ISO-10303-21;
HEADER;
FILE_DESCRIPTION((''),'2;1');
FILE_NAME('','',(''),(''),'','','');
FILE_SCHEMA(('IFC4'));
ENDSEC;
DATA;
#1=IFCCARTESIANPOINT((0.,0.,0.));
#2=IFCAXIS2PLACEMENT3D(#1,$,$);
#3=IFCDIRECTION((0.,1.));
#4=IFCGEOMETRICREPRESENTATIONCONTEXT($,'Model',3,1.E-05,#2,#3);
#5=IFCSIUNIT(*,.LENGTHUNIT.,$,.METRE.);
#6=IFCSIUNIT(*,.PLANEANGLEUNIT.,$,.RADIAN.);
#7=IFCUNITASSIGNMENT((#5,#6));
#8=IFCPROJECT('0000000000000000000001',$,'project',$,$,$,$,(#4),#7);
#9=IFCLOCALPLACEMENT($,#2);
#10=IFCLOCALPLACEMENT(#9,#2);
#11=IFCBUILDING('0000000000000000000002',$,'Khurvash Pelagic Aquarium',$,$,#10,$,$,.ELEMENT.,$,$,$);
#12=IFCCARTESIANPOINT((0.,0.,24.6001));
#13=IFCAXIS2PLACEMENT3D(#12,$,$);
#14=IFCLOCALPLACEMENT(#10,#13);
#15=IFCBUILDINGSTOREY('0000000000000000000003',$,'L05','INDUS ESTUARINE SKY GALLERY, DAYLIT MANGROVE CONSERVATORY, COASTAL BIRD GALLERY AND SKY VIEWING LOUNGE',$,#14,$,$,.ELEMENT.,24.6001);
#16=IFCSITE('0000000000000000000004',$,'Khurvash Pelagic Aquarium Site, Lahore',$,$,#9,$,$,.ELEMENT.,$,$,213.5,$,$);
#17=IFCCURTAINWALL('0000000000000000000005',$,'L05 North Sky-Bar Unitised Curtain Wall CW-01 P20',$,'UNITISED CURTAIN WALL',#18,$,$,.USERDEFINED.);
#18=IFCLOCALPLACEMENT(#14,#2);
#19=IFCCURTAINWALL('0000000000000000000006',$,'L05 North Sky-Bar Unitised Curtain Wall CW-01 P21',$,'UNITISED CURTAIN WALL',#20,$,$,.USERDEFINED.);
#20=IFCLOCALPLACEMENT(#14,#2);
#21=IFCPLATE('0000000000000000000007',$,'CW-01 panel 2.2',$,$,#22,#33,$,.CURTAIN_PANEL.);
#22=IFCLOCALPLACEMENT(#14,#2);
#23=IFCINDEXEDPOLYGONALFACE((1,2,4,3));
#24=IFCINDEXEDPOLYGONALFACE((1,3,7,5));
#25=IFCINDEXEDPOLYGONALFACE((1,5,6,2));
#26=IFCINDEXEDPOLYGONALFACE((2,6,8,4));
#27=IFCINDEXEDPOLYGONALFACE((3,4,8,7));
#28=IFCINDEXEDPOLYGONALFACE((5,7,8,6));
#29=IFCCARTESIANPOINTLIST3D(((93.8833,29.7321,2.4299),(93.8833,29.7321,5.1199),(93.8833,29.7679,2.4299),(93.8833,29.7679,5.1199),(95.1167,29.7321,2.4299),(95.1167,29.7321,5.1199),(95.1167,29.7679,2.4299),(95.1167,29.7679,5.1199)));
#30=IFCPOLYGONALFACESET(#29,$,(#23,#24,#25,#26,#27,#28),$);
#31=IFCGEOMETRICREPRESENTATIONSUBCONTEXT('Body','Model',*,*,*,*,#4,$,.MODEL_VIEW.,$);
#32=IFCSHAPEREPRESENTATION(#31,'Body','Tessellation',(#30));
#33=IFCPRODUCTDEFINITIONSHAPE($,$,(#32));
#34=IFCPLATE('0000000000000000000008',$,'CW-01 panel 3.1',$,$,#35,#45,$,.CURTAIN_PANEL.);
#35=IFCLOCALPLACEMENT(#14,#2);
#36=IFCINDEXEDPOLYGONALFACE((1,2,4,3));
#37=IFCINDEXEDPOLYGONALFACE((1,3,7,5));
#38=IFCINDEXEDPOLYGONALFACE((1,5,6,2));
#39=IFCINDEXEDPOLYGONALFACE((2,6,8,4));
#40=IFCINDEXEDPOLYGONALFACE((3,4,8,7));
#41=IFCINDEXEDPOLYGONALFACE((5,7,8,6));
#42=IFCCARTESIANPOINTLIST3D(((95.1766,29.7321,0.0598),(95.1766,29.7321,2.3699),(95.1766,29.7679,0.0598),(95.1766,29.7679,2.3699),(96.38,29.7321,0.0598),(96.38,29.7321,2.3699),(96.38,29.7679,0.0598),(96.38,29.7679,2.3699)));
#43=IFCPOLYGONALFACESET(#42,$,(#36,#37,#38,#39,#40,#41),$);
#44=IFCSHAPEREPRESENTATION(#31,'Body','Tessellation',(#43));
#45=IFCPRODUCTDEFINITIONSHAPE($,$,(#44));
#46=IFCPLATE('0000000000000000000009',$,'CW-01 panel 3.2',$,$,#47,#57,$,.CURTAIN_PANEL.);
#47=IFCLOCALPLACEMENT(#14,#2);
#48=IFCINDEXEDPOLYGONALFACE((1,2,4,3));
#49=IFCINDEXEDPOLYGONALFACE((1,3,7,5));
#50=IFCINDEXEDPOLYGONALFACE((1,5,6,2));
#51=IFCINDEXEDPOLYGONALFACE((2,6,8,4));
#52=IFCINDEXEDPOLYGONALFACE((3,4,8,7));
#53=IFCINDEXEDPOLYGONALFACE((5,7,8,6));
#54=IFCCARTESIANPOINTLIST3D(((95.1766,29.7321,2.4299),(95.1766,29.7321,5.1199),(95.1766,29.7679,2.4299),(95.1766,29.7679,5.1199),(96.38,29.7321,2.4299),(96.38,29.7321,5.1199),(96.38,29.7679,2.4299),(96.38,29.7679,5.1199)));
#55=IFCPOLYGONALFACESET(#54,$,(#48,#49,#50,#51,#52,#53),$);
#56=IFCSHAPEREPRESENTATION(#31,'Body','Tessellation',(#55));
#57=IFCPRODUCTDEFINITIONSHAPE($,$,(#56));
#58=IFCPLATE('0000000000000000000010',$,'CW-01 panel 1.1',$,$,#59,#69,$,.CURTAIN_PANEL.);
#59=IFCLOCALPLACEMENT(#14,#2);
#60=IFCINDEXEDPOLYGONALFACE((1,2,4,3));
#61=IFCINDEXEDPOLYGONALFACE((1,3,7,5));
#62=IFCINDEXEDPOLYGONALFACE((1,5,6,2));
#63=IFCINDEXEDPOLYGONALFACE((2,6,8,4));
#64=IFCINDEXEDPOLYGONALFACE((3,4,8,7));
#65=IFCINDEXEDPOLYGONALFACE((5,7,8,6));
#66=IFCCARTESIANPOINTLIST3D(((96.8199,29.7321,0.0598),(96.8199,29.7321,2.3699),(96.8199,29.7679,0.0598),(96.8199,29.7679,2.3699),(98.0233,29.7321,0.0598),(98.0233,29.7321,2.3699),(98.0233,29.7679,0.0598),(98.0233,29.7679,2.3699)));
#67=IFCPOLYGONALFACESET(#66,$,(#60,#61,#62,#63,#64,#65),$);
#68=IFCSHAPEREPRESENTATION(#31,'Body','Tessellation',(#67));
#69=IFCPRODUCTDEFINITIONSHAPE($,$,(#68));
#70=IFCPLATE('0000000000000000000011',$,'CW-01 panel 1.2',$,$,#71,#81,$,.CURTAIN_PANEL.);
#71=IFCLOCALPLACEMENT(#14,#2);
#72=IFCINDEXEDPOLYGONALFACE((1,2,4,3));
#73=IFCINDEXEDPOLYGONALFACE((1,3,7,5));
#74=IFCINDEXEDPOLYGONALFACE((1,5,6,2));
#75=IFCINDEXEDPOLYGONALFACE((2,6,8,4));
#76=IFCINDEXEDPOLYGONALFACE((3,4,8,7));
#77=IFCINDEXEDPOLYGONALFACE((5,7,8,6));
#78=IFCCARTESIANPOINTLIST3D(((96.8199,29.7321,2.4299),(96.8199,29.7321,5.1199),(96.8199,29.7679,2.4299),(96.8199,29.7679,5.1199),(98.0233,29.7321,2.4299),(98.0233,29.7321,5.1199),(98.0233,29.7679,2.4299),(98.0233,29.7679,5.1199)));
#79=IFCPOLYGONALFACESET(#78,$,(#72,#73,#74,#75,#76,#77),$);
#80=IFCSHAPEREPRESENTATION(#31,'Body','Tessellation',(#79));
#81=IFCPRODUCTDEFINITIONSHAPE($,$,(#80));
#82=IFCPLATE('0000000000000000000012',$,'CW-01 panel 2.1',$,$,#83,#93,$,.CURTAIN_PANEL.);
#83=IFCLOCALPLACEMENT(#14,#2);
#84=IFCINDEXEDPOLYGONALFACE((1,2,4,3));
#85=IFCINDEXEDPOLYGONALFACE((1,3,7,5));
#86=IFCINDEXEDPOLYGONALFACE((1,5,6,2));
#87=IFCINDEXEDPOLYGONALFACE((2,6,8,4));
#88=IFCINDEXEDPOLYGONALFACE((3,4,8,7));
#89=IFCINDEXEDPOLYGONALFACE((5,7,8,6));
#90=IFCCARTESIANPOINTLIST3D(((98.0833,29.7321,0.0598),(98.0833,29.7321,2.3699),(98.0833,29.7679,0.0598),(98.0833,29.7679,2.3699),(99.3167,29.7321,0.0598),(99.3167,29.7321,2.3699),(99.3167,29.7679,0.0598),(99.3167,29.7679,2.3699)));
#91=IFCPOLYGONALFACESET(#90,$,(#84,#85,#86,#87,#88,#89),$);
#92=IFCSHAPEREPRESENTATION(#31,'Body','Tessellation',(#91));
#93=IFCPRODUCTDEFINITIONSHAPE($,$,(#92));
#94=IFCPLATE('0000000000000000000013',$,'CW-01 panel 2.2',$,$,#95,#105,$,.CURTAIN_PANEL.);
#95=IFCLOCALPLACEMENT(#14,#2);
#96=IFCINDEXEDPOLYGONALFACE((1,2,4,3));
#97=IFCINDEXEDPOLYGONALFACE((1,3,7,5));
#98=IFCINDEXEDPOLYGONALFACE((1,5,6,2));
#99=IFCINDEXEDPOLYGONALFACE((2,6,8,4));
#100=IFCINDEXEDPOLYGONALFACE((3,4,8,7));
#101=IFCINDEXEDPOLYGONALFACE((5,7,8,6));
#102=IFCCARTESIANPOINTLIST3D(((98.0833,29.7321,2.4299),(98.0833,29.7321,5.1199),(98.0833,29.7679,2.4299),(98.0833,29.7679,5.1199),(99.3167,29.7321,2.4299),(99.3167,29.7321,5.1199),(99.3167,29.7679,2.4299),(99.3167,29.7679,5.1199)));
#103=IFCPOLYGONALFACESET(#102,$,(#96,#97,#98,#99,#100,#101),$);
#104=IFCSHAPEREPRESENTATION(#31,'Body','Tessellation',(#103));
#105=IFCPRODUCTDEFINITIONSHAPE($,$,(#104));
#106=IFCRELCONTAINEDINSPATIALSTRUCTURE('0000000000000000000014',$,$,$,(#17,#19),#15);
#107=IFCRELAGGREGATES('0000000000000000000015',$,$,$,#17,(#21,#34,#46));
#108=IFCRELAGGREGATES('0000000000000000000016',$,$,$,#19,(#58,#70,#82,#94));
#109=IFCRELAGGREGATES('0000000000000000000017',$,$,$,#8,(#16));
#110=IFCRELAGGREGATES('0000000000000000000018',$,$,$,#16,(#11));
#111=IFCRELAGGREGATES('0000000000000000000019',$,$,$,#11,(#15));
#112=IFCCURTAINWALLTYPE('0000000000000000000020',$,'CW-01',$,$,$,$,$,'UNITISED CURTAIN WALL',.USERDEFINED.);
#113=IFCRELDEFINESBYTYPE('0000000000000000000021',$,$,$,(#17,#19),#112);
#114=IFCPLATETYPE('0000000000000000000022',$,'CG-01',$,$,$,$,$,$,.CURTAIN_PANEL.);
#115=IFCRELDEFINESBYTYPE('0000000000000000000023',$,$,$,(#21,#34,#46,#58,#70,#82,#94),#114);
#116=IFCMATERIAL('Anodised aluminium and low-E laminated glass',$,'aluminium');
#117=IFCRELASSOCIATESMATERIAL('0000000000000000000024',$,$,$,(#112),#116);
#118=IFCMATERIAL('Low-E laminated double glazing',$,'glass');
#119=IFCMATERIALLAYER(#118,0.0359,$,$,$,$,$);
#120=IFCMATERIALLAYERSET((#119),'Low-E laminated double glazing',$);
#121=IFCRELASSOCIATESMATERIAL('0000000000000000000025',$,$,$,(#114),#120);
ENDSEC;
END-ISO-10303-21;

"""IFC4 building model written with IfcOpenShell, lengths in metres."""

from ifc_helpers import new_model, si_unit, direction, frame, origin, origin_2d, place, context, subcontext, project, spatial, rectangle, extrude, material, layer, layer_set, type_object, element, aggregate, save


model = new_model("IFC4")

# Units and contexts
model_context = context("Model", 3, precision=1e-05, world=origin(), true_north=direction((0.0, 1.0)))
body_context = subcontext(model_context, "Body", "Model", "MODEL_VIEW")
ifc_project = project(units=[si_unit("LENGTHUNIT", "METRE"), si_unit("PLANEANGLEUNIT", "RADIAN")], contexts=[model_context])

# Site, building, storey
site_placement = place(None, origin())
site = spatial("IfcSite", under=ifc_project, at=site_placement, Name="Khurvash Pelagic Aquarium Site, Lahore", CompositionType="ELEMENT", RefElevation=213.5)
building_placement = place(site_placement, origin())
building = spatial("IfcBuilding", under=site, at=building_placement, Name="Khurvash Pelagic Aquarium", CompositionType="ELEMENT")
storey_placement = place(building_placement, frame((0.0, 0.0, 24.6001)))
storey = spatial("IfcBuildingStorey", under=building, at=storey_placement, Name="L05", Description="INDUS ESTUARINE SKY GALLERY, DAYLIT MANGROVE CONSERVATORY, COASTAL BIRD GALLERY AND SKY VIEWING LOUNGE", CompositionType="ELEMENT", Elevation=24.6001)

# Curtain walls
ifc_material_1 = material(Name="Anodised aluminium and low-E laminated glass", Category="aluminium")
curtain_wall_type = type_object("IfcCurtainWallType", Name="CW-01", ElementType="UNITISED CURTAIN WALL", PredefinedType="USERDEFINED", material=ifc_material_1)
curtain_wall_1_placement = place(storey_placement, origin())
curtain_wall_1 = element("IfcCurtainWall", 1, at=curtain_wall_1_placement, inside=storey, type_object=curtain_wall_type, Name="L05 North Sky-Bar Unitised Curtain Wall CW-01 P20", ObjectType="UNITISED CURTAIN WALL", PredefinedType="USERDEFINED")
curtain_wall_2_placement = place(storey_placement, origin())
curtain_wall_2 = element("IfcCurtainWall", 2, at=curtain_wall_2_placement, inside=storey, type_object=curtain_wall_type, Name="L05 North Sky-Bar Unitised Curtain Wall CW-01 P21", ObjectType="UNITISED CURTAIN WALL", PredefinedType="USERDEFINED")

# Plates
ifc_material_2 = material(Name="Low-E laminated double glazing", Category="glass")
ifc_layer = layer(ifc_material_2, 0.0359)
ifc_layer_set = layer_set([ifc_layer], Name="Low-E laminated double glazing")
plate_type = type_object("IfcPlateType", Name="CG-01", PredefinedType="CURTAIN_PANEL", material=ifc_layer_set)
plate_1_placement = place(storey_placement, frame((94.5, 29.75, 2.4299), z_axis=(0.0, 0.0, 1.0), x_axis=(1.0, 0.0, 0.0)))
plate_1 = element("IfcPlate", 3, at=plate_1_placement, type_object=plate_type, Name="CW-01 panel 2.2", PredefinedType="CURTAIN_PANEL", context=body_context, shape_type="SweptSolid", body=[
    extrude(rectangle(XDim=1.2334, YDim=0.0359, at=origin_2d()), origin(), (0.0, 0.0, 1.0), 2.6899),
])
plate_2_placement = place(storey_placement, frame((95.7783, 29.75, 0.0598), z_axis=(0.0, 0.0, 1.0), x_axis=(1.0, 0.0, 0.0)))
plate_2 = element("IfcPlate", 4, at=plate_2_placement, type_object=plate_type, Name="CW-01 panel 3.1", PredefinedType="CURTAIN_PANEL", context=body_context, shape_type="SweptSolid", body=[
    extrude(rectangle(XDim=1.2034, YDim=0.0359, at=origin_2d()), origin(), (0.0, 0.0, 1.0), 2.3101),
])
plate_3_placement = place(storey_placement, frame((95.7783, 29.75, 2.4299), z_axis=(0.0, 0.0, 1.0), x_axis=(1.0, 0.0, 0.0)))
plate_3 = element("IfcPlate", 5, at=plate_3_placement, type_object=plate_type, Name="CW-01 panel 3.2", PredefinedType="CURTAIN_PANEL", context=body_context, shape_type="SweptSolid", body=[
    extrude(rectangle(XDim=1.2034, YDim=0.0359, at=origin_2d()), origin(), (0.0, 0.0, 1.0), 2.6899),
])
aggregate(curtain_wall_1, [plate_1, plate_2, plate_3])
plate_4_placement = place(storey_placement, frame((97.4216, 29.75, 0.0598), z_axis=(0.0, 0.0, 1.0), x_axis=(1.0, 0.0, 0.0)))
plate_4 = element("IfcPlate", 6, at=plate_4_placement, type_object=plate_type, Name="CW-01 panel 1.1", PredefinedType="CURTAIN_PANEL", context=body_context, shape_type="SweptSolid", body=[
    extrude(rectangle(XDim=1.2034, YDim=0.0359, at=origin_2d()), origin(), (0.0, 0.0, 1.0), 2.3101),
])
plate_5_placement = place(storey_placement, frame((97.4216, 29.75, 2.4299), z_axis=(0.0, 0.0, 1.0), x_axis=(1.0, 0.0, 0.0)))
plate_5 = element("IfcPlate", 7, at=plate_5_placement, type_object=plate_type, Name="CW-01 panel 1.2", PredefinedType="CURTAIN_PANEL", context=body_context, shape_type="SweptSolid", body=[
    extrude(rectangle(XDim=1.2034, YDim=0.0359, at=origin_2d()), origin(), (0.0, 0.0, 1.0), 2.6899),
])
plate_6_placement = place(storey_placement, frame((98.7, 29.75, 0.0598), z_axis=(0.0, 0.0, 1.0), x_axis=(1.0, 0.0, 0.0)))
plate_6 = element("IfcPlate", 8, at=plate_6_placement, type_object=plate_type, Name="CW-01 panel 2.1", PredefinedType="CURTAIN_PANEL", context=body_context, shape_type="SweptSolid", body=[
    extrude(rectangle(XDim=1.2334, YDim=0.0359, at=origin_2d()), origin(), (0.0, 0.0, 1.0), 2.3101),
])
plate_7_placement = place(storey_placement, frame((98.7, 29.75, 2.4299), z_axis=(0.0, 0.0, 1.0), x_axis=(1.0, 0.0, 0.0)))
plate_7 = element("IfcPlate", 9, at=plate_7_placement, type_object=plate_type, Name="CW-01 panel 2.2", PredefinedType="CURTAIN_PANEL", context=body_context, shape_type="SweptSolid", body=[
    extrude(rectangle(XDim=1.2334, YDim=0.0359, at=origin_2d()), origin(), (0.0, 0.0, 1.0), 2.6899),
])
aggregate(curtain_wall_2, [plate_4, plate_5, plate_6, plate_7])

save(model, "model.ifc")
